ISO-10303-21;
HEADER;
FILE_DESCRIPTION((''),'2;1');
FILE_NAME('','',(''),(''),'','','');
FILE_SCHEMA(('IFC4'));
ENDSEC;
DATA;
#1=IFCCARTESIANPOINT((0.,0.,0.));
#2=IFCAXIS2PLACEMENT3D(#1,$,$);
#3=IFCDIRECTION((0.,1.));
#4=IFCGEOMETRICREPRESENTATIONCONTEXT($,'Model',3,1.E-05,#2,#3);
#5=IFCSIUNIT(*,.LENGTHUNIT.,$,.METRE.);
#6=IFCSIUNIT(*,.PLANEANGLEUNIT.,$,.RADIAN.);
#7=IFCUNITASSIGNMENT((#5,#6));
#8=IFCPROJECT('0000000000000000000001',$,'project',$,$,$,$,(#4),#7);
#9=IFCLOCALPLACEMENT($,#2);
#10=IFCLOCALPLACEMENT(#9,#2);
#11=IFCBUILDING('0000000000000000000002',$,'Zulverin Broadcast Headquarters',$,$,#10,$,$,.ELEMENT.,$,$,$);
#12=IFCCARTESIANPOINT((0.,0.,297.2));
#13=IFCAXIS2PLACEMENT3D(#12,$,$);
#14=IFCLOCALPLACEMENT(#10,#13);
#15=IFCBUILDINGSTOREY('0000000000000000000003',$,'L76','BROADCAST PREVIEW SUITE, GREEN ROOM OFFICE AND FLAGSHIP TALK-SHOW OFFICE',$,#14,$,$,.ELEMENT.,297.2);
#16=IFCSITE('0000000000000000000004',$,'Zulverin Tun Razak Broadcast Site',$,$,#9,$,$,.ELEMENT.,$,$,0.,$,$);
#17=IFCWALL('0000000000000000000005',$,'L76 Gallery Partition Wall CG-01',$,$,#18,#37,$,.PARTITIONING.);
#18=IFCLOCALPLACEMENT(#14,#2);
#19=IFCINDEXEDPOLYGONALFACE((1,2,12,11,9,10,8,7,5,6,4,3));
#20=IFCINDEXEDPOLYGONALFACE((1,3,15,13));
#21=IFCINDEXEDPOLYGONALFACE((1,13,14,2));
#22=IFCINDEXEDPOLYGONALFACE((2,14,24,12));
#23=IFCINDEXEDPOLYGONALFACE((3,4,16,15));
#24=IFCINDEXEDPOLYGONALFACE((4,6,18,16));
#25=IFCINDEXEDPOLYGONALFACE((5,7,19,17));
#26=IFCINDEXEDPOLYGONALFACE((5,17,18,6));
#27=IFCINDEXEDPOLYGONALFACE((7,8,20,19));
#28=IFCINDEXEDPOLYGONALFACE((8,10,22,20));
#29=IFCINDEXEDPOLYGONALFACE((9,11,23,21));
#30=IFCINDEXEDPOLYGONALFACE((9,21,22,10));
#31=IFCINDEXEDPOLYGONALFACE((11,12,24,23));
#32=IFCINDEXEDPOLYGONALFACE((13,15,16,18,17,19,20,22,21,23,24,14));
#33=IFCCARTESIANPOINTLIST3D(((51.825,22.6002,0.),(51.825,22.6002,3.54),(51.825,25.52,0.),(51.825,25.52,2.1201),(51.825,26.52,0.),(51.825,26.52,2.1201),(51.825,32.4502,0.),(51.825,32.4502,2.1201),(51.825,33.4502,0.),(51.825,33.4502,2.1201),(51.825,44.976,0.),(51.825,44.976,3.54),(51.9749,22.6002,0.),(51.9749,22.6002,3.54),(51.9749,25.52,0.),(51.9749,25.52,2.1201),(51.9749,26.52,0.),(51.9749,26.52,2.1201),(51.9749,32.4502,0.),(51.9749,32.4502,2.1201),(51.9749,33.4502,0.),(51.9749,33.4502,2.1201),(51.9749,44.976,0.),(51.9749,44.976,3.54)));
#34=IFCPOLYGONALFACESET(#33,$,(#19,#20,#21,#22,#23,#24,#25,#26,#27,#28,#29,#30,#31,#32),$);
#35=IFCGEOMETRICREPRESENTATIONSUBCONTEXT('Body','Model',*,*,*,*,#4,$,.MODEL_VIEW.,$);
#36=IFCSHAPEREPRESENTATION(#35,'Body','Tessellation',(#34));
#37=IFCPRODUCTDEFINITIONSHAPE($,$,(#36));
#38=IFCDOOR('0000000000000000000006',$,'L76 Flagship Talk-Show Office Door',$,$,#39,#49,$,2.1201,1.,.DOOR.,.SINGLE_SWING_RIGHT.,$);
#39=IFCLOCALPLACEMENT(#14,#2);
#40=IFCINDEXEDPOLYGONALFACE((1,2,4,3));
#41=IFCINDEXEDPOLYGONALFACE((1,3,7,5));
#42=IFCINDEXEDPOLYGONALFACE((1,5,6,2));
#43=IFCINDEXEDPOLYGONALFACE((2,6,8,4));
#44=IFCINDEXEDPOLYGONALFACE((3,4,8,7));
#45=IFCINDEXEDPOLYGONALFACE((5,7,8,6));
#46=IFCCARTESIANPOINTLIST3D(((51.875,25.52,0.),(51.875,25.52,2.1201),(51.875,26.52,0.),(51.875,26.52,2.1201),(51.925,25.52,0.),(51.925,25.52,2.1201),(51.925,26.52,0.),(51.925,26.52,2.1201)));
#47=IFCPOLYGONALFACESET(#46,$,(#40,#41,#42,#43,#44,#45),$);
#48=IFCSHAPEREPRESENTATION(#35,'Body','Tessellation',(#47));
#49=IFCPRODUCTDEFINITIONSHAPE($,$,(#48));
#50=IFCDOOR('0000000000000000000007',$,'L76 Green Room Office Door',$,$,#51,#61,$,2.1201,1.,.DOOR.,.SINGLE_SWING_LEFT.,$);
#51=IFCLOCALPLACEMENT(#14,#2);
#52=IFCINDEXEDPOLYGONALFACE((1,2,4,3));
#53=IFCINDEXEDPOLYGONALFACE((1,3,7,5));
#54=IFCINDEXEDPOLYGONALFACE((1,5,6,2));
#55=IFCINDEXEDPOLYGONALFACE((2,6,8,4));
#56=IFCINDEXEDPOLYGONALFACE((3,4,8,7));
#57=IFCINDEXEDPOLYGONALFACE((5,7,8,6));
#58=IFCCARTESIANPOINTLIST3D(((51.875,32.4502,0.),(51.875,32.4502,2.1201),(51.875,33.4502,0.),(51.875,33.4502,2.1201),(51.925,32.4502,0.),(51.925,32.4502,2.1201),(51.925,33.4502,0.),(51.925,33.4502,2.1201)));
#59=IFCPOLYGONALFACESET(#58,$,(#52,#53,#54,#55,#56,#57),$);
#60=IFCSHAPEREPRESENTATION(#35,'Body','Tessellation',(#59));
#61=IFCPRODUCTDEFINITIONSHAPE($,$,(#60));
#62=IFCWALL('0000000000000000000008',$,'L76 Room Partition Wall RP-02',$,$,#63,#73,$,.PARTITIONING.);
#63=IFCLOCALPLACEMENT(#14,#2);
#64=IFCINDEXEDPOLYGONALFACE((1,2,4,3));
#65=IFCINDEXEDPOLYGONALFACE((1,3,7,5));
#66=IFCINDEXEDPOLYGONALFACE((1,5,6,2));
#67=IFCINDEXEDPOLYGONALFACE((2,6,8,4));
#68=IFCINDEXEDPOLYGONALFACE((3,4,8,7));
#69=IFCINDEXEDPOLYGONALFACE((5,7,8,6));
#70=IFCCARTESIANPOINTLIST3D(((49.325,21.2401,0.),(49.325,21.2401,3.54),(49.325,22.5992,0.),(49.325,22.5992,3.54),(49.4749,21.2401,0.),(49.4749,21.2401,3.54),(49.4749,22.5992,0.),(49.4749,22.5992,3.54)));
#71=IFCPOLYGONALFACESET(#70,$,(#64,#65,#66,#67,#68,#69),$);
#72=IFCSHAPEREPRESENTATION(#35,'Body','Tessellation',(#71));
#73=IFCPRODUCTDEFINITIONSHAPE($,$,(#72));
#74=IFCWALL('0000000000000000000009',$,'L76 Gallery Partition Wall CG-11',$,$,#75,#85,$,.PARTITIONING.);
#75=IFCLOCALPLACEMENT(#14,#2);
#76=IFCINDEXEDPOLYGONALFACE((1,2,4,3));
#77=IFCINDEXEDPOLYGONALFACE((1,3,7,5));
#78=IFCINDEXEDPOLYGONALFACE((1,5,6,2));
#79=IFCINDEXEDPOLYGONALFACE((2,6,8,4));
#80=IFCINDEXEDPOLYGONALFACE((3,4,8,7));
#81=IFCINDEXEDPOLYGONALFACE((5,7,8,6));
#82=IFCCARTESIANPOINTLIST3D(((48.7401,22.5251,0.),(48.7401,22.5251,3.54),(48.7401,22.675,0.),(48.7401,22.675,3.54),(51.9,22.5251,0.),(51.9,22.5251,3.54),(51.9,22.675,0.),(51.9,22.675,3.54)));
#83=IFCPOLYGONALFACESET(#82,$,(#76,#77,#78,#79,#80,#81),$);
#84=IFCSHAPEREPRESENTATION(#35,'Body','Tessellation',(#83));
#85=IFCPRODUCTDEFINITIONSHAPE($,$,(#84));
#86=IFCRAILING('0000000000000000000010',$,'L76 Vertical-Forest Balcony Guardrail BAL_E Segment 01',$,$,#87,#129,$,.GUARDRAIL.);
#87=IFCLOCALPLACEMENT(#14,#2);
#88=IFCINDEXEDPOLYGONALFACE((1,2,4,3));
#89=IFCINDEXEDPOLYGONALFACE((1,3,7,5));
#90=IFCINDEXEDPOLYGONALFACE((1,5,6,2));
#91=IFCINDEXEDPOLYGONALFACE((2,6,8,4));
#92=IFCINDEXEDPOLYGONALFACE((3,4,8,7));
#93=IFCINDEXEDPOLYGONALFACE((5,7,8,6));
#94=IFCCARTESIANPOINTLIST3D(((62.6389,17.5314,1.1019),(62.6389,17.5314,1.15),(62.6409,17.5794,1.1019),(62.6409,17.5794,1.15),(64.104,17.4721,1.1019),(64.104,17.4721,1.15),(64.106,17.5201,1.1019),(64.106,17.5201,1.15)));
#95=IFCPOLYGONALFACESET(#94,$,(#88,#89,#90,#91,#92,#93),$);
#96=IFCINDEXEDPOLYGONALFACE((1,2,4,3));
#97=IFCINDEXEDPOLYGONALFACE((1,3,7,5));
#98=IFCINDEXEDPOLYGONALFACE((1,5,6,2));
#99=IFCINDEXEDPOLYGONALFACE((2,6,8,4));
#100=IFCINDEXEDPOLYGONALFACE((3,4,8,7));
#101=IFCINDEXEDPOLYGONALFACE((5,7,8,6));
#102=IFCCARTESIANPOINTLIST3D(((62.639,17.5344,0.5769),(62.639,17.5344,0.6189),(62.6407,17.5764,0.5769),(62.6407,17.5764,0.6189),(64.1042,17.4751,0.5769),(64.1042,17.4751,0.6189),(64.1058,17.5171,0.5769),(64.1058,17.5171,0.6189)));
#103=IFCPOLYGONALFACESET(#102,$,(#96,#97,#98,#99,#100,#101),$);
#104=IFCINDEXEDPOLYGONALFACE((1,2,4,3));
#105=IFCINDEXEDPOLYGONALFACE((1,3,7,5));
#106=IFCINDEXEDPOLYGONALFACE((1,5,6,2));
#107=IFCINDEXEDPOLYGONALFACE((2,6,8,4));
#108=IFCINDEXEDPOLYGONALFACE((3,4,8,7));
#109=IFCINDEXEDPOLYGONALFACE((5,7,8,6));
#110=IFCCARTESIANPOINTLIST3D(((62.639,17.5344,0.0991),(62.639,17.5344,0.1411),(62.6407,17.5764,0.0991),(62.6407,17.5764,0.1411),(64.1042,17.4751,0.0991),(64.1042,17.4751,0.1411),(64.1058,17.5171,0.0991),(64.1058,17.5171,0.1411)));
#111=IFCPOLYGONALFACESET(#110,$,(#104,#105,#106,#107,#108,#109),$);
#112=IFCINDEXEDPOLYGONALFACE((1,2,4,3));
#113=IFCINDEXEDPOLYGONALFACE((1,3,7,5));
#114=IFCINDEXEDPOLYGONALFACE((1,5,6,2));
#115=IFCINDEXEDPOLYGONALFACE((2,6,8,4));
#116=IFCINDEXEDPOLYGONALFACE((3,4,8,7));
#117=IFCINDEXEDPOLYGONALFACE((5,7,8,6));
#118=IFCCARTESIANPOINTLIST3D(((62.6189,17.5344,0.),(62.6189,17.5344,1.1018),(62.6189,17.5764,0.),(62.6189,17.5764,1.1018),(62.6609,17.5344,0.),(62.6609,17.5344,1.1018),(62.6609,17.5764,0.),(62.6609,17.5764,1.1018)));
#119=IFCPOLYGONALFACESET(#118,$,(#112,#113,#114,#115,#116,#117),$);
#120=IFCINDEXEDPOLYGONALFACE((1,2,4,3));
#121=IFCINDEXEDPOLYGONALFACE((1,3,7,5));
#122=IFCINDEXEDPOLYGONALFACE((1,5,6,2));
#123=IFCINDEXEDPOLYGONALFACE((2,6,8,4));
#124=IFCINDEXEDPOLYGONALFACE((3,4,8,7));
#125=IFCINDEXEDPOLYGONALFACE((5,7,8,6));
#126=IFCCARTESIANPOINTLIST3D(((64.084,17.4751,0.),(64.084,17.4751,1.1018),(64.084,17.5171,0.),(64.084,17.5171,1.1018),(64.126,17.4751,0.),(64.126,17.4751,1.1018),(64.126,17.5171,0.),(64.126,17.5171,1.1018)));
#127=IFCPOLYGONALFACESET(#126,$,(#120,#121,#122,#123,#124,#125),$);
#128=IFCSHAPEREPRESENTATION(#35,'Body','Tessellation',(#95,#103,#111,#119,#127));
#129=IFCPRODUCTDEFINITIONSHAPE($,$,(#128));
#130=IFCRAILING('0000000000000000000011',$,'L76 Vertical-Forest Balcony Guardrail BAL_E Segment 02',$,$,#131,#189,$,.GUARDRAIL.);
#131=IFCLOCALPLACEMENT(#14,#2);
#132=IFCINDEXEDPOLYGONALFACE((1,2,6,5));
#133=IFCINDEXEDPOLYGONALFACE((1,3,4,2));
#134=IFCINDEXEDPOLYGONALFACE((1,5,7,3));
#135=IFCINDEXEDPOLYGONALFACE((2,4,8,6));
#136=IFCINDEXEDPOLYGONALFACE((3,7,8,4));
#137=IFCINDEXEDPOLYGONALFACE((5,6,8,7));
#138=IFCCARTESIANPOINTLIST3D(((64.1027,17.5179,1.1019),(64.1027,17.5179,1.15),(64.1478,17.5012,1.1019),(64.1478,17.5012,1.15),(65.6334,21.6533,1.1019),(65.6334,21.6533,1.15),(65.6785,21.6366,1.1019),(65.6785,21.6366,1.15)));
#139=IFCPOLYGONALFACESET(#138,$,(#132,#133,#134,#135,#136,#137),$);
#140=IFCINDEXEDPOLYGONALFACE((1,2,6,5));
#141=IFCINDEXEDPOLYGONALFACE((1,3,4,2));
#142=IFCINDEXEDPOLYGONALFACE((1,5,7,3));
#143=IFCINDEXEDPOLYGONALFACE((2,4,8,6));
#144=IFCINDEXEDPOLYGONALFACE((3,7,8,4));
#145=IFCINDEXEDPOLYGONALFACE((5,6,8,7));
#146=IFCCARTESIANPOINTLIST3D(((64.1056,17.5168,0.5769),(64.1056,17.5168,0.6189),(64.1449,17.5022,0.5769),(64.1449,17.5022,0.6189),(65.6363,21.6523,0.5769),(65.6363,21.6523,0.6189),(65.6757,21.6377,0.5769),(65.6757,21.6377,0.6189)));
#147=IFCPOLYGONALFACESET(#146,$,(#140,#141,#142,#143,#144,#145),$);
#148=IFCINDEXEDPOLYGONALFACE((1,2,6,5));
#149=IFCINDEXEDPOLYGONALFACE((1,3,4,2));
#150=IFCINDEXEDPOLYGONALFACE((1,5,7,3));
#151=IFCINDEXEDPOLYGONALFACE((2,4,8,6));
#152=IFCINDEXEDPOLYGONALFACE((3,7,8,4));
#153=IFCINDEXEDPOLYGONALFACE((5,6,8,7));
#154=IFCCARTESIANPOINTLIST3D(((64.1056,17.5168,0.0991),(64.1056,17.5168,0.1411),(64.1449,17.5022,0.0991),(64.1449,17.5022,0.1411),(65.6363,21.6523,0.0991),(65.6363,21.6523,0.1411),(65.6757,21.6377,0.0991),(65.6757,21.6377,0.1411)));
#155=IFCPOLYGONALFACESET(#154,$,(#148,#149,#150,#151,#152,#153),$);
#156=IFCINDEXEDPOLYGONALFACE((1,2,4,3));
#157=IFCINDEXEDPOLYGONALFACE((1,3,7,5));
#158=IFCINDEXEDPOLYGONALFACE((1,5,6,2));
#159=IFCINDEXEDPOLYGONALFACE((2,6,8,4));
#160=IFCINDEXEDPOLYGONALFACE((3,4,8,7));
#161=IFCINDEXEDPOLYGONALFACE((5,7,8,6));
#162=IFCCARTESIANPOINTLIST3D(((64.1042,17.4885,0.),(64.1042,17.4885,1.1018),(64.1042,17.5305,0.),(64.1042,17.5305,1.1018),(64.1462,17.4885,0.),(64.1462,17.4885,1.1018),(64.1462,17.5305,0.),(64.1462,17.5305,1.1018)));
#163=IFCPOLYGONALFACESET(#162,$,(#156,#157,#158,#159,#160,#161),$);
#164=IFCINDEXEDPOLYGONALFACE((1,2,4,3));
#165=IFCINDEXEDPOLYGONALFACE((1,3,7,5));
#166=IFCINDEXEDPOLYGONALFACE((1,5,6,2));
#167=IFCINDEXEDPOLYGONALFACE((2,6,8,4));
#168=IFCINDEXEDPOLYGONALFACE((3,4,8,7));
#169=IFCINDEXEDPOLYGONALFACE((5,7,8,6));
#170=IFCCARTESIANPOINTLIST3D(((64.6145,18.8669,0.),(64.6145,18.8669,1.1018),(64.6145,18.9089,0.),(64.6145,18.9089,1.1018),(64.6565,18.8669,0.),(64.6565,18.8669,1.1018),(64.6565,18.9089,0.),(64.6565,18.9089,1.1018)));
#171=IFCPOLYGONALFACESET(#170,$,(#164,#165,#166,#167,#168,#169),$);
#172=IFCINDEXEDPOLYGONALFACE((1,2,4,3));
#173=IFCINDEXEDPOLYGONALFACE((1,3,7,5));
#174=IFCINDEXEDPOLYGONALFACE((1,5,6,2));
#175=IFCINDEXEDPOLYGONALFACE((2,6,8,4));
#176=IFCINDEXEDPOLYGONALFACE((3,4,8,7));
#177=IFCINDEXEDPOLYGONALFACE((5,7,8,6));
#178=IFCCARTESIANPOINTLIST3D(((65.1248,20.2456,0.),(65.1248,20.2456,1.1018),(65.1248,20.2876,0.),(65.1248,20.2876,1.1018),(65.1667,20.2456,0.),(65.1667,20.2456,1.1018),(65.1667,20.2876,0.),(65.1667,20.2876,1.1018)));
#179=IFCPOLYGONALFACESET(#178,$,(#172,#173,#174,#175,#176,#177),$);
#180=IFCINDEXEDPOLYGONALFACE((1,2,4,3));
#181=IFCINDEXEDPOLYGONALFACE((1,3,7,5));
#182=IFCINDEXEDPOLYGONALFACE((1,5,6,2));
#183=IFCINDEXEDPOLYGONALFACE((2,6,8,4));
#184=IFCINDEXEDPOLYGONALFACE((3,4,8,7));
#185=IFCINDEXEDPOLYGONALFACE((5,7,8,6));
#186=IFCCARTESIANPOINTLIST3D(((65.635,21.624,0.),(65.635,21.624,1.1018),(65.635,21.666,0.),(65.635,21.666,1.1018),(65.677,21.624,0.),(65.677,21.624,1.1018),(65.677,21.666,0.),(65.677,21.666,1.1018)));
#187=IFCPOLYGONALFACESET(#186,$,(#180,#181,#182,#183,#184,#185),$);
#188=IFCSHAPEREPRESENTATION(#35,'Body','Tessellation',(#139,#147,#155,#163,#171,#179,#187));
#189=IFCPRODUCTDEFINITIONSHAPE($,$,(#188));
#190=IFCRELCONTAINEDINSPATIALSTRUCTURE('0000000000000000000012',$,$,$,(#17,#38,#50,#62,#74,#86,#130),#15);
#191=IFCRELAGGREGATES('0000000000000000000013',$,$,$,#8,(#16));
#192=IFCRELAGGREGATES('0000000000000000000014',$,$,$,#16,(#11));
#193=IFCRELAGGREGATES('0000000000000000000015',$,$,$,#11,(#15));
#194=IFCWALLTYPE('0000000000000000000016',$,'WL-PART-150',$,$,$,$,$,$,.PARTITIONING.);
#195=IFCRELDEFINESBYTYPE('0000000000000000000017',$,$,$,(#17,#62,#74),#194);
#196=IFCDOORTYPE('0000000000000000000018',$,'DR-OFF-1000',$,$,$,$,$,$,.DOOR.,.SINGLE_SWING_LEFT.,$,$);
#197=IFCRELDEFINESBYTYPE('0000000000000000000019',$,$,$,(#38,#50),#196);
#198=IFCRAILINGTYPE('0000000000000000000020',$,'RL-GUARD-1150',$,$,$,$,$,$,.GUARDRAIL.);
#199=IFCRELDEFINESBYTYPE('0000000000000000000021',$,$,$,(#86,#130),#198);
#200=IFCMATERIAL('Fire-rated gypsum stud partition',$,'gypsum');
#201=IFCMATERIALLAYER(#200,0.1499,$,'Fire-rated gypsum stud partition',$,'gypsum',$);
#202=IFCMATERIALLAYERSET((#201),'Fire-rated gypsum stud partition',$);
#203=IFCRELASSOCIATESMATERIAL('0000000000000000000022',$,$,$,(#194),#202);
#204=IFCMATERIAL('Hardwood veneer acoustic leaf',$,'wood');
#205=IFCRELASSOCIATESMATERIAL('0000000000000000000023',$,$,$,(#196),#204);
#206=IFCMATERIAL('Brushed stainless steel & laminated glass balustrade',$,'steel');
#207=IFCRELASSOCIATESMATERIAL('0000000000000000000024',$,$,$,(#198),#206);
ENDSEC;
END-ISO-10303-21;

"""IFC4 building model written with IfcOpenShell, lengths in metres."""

from ifc_helpers import new_model, si_unit, direction, frame, frame_2d, origin, origin_2d, place, context, subcontext, project, spatial, rectangle, extrude, material, layer, layer_set, type_object, element, fill, save


model = new_model("IFC4")

# Units and contexts
model_context = context("Model", 3, precision=1e-05, world=origin(), true_north=direction((0.0, 1.0)))
body_context = subcontext(model_context, "Body", "Model", "MODEL_VIEW")
ifc_project = project(units=[si_unit("LENGTHUNIT", "METRE"), si_unit("PLANEANGLEUNIT", "RADIAN")], contexts=[model_context])

# Site, building, storey
site_placement = place(None, origin())
site = spatial("IfcSite", under=ifc_project, at=site_placement, Name="Zulverin Tun Razak Broadcast Site", CompositionType="ELEMENT", RefElevation=0.0)
building_placement = place(site_placement, origin())
building = spatial("IfcBuilding", under=site, at=building_placement, Name="Zulverin Broadcast Headquarters", CompositionType="ELEMENT")
storey_placement = place(building_placement, frame((0.0, 0.0, 297.2)))
storey = spatial("IfcBuildingStorey", under=building, at=storey_placement, Name="L76", Description="BROADCAST PREVIEW SUITE, GREEN ROOM OFFICE AND FLAGSHIP TALK-SHOW OFFICE", CompositionType="ELEMENT", Elevation=297.2)

# Wall, openings, doors
ifc_material_1 = material(Name="Fire-rated gypsum stud partition", Category="gypsum")
ifc_layer_1 = layer(ifc_material_1, 0.1499, Name="Fire-rated gypsum stud partition", Category="gypsum")
ifc_layer_set_1 = layer_set([ifc_layer_1], Name="Fire-rated gypsum stud partition")
wall_type_1 = type_object("IfcWallType", Name="WL-PART-150", PredefinedType="PARTITIONING", material=ifc_layer_set_1)
wall_1_placement = place(storey_placement, frame((51.8999, 22.6001, 0.0), z_axis=(0.0, 0.0, 1.0), x_axis=(0.0, 1.0, 0.0)))
wall_1 = element("IfcWall", 1, at=wall_1_placement, inside=storey, type_object=wall_type_1, Name="L76 Gallery Partition Wall CG-01", PredefinedType="PARTITIONING", context=body_context, shape_type="SweptSolid", body=[
    extrude(rectangle(XDim=22.3757, YDim=0.1499, at=frame_2d((11.188, 0.0))), origin(), (0.0, 0.0, 1.0), 3.54),
])
opening_1_placement = place(wall_1_placement, frame((2.9199, 0.0, 0.0)))
opening_1 = element("IfcOpeningElement", 2, at=opening_1_placement, cuts=wall_1, PredefinedType="OPENING", context=body_context, shape_type="SweptSolid", body=[
    extrude(rectangle(XDim=1.0, YDim=2.1201, at=frame_2d((0.5, 1.0601))), frame((0.0, 0.085, 0.0), z_axis=(0.0, -1.0, 0.0), x_axis=(1.0, 0.0, 0.0)), (0.0, 0.0, 1.0), 0.1699),
])
opening_2_placement = place(wall_1_placement, frame((9.8501, 0.0, 0.0)))
opening_2 = element("IfcOpeningElement", 3, at=opening_2_placement, cuts=wall_1, PredefinedType="OPENING", context=body_context, shape_type="SweptSolid", body=[
    extrude(rectangle(XDim=1.0, YDim=2.1201, at=frame_2d((0.5, 1.0601))), frame((0.0, 0.085, 0.0), z_axis=(0.0, -1.0, 0.0), x_axis=(1.0, 0.0, 0.0)), (0.0, 0.0, 1.0), 0.1699),
])
ifc_material_2 = material(Name="Hardwood veneer acoustic leaf", Category="wood")
door_type_1 = type_object("IfcDoorType", Name="DR-OFF-1000", OperationType="SINGLE_SWING_LEFT", PredefinedType="DOOR", material=ifc_material_2)
door_1_placement = place(opening_1_placement, origin())
door_1 = element("IfcDoor", 4, at=door_1_placement, inside=storey, type_object=door_type_1, Name="L76 Flagship Talk-Show Office Door", OperationType="SINGLE_SWING_RIGHT", OverallHeight=2.1201, OverallWidth=1.0, PredefinedType="DOOR", context=body_context, shape_type="SweptSolid", body=[
    extrude(rectangle(XDim=1.0, YDim=2.1201, at=frame_2d((0.5, 1.0601))), frame((0.0, 0.0249, 0.0), z_axis=(0.0, -1.0, 0.0), x_axis=(1.0, 0.0, 0.0)), (0.0, 0.0, 1.0), 0.05),
])
fill(opening_1, door_1)
door_2_placement = place(opening_2_placement, origin())
door_2 = element("IfcDoor", 5, at=door_2_placement, inside=storey, type_object=door_type_1, Name="L76 Green Room Office Door", OperationType="SINGLE_SWING_LEFT", OverallHeight=2.1201, OverallWidth=1.0, PredefinedType="DOOR", context=body_context, shape_type="SweptSolid", body=[
    extrude(rectangle(XDim=1.0, YDim=2.1201, at=frame_2d((0.5, 1.0601))), frame((0.0, 0.0249, 0.0), z_axis=(0.0, -1.0, 0.0), x_axis=(1.0, 0.0, 0.0)), (0.0, 0.0, 1.0), 0.05),
])
fill(opening_2, door_2)

# Walls
wall_2_placement = place(storey_placement, frame((49.3999, 21.24, 0.0), z_axis=(0.0, 0.0, 1.0), x_axis=(0.0, 1.0, 0.0)))
element("IfcWall", 6, at=wall_2_placement, inside=storey, type_object=wall_type_1, Name="L76 Room Partition Wall RP-02", PredefinedType="PARTITIONING", context=body_context, shape_type="SweptSolid", body=[
    extrude(rectangle(XDim=1.3591, YDim=0.1499, at=frame_2d((0.6797, 0.0))), origin(), (0.0, 0.0, 1.0), 3.54),
])
wall_3_placement = place(storey_placement, frame((48.74, 22.6001, 0.0), z_axis=(0.0, 0.0, 1.0), x_axis=(1.0, 0.0, 0.0)))
element("IfcWall", 7, at=wall_3_placement, inside=storey, type_object=wall_type_1, Name="L76 Gallery Partition Wall CG-11", PredefinedType="PARTITIONING", context=body_context, shape_type="SweptSolid", body=[
    extrude(rectangle(XDim=3.1599, YDim=0.1499, at=frame_2d((1.5801, 0.0))), origin(), (0.0, 0.0, 1.0), 3.54),
])

# Railings
ifc_material_3 = material(Name="Brushed stainless steel & laminated glass balustrade", Category="steel")
railing_type = type_object("IfcRailingType", Name="RL-GUARD-1150", PredefinedType="GUARDRAIL", material=ifc_material_3)
railing_1_placement = place(storey_placement, frame((62.6399, 17.5554, 0.0)))
element("IfcRailing", 8, at=railing_1_placement, inside=storey, type_object=railing_type, Name="L76 Vertical-Forest Balcony Guardrail BAL_E Segment 01", PredefinedType="GUARDRAIL", context=body_context, shape_type="SweptSolid", body=[
    extrude(rectangle(XDim=0.0481, YDim=0.0481, at=origin_2d()), frame((0.0, 0.0, 1.126), z_axis=(0.999181, -0.04046, 0.0), x_axis=(0.04046, 0.999181, 0.0)), (0.0, 0.0, 1.0), 1.4663),
    extrude(rectangle(XDim=0.042, YDim=0.042, at=origin_2d()), frame((0.0, 0.0, 0.5979), z_axis=(0.999181, -0.04046, 0.0), x_axis=(0.04046, 0.999181, 0.0)), (0.0, 0.0, 1.0), 1.4663),
    extrude(rectangle(XDim=0.042, YDim=0.042, at=origin_2d()), frame((0.0, 0.0, 0.1201), z_axis=(0.999181, -0.04046, 0.0), x_axis=(0.04046, 0.999181, 0.0)), (0.0, 0.0, 1.0), 1.4663),
    extrude(rectangle(XDim=0.042, YDim=0.042, at=origin_2d()), origin(), (0.0, 0.0, 1.0), 1.1018),
    extrude(rectangle(XDim=0.042, YDim=0.042, at=origin_2d()), frame((1.4651, -0.0593, 0.0)), (0.0, 0.0, 1.0), 1.1018),
])
railing_2_placement = place(storey_placement, frame((64.1252, 17.5095, 0.0)))
element("IfcRailing", 9, at=railing_2_placement, inside=storey, type_object=railing_type, Name="L76 Vertical-Forest Balcony Guardrail BAL_E Segment 02", PredefinedType="GUARDRAIL", context=body_context, shape_type="SweptSolid", body=[
    extrude(rectangle(XDim=0.0481, YDim=0.0481, at=origin_2d()), frame((0.0, 0.0, 1.126), z_axis=(0.347134, 0.937816, 0.0), x_axis=(-0.937816, 0.347134, 0.0)), (0.0, 0.0, 1.0), 4.4097),
    extrude(rectangle(XDim=0.042, YDim=0.042, at=origin_2d()), frame((0.0, 0.0, 0.5979), z_axis=(0.347134, 0.937816, 0.0), x_axis=(-0.937816, 0.347134, 0.0)), (0.0, 0.0, 1.0), 4.4097),
    extrude(rectangle(XDim=0.042, YDim=0.042, at=origin_2d()), frame((0.0, 0.0, 0.1201), z_axis=(0.347134, 0.937816, 0.0), x_axis=(-0.937816, 0.347134, 0.0)), (0.0, 0.0, 1.0), 4.4097),
    extrude(rectangle(XDim=0.042, YDim=0.042, at=origin_2d()), origin(), (0.0, 0.0, 1.0), 1.1018),
    extrude(rectangle(XDim=0.042, YDim=0.042, at=origin_2d()), frame((0.5103, 1.3784, 0.0)), (0.0, 0.0, 1.0), 1.1018),
    extrude(rectangle(XDim=0.042, YDim=0.042, at=origin_2d()), frame((1.0205, 2.7571, 0.0)), (0.0, 0.0, 1.0), 1.1018),
    extrude(rectangle(XDim=0.042, YDim=0.042, at=origin_2d()), frame((1.5308, 4.1355, 0.0)), (0.0, 0.0, 1.0), 1.1018),
])

save(model, "model.ifc")
